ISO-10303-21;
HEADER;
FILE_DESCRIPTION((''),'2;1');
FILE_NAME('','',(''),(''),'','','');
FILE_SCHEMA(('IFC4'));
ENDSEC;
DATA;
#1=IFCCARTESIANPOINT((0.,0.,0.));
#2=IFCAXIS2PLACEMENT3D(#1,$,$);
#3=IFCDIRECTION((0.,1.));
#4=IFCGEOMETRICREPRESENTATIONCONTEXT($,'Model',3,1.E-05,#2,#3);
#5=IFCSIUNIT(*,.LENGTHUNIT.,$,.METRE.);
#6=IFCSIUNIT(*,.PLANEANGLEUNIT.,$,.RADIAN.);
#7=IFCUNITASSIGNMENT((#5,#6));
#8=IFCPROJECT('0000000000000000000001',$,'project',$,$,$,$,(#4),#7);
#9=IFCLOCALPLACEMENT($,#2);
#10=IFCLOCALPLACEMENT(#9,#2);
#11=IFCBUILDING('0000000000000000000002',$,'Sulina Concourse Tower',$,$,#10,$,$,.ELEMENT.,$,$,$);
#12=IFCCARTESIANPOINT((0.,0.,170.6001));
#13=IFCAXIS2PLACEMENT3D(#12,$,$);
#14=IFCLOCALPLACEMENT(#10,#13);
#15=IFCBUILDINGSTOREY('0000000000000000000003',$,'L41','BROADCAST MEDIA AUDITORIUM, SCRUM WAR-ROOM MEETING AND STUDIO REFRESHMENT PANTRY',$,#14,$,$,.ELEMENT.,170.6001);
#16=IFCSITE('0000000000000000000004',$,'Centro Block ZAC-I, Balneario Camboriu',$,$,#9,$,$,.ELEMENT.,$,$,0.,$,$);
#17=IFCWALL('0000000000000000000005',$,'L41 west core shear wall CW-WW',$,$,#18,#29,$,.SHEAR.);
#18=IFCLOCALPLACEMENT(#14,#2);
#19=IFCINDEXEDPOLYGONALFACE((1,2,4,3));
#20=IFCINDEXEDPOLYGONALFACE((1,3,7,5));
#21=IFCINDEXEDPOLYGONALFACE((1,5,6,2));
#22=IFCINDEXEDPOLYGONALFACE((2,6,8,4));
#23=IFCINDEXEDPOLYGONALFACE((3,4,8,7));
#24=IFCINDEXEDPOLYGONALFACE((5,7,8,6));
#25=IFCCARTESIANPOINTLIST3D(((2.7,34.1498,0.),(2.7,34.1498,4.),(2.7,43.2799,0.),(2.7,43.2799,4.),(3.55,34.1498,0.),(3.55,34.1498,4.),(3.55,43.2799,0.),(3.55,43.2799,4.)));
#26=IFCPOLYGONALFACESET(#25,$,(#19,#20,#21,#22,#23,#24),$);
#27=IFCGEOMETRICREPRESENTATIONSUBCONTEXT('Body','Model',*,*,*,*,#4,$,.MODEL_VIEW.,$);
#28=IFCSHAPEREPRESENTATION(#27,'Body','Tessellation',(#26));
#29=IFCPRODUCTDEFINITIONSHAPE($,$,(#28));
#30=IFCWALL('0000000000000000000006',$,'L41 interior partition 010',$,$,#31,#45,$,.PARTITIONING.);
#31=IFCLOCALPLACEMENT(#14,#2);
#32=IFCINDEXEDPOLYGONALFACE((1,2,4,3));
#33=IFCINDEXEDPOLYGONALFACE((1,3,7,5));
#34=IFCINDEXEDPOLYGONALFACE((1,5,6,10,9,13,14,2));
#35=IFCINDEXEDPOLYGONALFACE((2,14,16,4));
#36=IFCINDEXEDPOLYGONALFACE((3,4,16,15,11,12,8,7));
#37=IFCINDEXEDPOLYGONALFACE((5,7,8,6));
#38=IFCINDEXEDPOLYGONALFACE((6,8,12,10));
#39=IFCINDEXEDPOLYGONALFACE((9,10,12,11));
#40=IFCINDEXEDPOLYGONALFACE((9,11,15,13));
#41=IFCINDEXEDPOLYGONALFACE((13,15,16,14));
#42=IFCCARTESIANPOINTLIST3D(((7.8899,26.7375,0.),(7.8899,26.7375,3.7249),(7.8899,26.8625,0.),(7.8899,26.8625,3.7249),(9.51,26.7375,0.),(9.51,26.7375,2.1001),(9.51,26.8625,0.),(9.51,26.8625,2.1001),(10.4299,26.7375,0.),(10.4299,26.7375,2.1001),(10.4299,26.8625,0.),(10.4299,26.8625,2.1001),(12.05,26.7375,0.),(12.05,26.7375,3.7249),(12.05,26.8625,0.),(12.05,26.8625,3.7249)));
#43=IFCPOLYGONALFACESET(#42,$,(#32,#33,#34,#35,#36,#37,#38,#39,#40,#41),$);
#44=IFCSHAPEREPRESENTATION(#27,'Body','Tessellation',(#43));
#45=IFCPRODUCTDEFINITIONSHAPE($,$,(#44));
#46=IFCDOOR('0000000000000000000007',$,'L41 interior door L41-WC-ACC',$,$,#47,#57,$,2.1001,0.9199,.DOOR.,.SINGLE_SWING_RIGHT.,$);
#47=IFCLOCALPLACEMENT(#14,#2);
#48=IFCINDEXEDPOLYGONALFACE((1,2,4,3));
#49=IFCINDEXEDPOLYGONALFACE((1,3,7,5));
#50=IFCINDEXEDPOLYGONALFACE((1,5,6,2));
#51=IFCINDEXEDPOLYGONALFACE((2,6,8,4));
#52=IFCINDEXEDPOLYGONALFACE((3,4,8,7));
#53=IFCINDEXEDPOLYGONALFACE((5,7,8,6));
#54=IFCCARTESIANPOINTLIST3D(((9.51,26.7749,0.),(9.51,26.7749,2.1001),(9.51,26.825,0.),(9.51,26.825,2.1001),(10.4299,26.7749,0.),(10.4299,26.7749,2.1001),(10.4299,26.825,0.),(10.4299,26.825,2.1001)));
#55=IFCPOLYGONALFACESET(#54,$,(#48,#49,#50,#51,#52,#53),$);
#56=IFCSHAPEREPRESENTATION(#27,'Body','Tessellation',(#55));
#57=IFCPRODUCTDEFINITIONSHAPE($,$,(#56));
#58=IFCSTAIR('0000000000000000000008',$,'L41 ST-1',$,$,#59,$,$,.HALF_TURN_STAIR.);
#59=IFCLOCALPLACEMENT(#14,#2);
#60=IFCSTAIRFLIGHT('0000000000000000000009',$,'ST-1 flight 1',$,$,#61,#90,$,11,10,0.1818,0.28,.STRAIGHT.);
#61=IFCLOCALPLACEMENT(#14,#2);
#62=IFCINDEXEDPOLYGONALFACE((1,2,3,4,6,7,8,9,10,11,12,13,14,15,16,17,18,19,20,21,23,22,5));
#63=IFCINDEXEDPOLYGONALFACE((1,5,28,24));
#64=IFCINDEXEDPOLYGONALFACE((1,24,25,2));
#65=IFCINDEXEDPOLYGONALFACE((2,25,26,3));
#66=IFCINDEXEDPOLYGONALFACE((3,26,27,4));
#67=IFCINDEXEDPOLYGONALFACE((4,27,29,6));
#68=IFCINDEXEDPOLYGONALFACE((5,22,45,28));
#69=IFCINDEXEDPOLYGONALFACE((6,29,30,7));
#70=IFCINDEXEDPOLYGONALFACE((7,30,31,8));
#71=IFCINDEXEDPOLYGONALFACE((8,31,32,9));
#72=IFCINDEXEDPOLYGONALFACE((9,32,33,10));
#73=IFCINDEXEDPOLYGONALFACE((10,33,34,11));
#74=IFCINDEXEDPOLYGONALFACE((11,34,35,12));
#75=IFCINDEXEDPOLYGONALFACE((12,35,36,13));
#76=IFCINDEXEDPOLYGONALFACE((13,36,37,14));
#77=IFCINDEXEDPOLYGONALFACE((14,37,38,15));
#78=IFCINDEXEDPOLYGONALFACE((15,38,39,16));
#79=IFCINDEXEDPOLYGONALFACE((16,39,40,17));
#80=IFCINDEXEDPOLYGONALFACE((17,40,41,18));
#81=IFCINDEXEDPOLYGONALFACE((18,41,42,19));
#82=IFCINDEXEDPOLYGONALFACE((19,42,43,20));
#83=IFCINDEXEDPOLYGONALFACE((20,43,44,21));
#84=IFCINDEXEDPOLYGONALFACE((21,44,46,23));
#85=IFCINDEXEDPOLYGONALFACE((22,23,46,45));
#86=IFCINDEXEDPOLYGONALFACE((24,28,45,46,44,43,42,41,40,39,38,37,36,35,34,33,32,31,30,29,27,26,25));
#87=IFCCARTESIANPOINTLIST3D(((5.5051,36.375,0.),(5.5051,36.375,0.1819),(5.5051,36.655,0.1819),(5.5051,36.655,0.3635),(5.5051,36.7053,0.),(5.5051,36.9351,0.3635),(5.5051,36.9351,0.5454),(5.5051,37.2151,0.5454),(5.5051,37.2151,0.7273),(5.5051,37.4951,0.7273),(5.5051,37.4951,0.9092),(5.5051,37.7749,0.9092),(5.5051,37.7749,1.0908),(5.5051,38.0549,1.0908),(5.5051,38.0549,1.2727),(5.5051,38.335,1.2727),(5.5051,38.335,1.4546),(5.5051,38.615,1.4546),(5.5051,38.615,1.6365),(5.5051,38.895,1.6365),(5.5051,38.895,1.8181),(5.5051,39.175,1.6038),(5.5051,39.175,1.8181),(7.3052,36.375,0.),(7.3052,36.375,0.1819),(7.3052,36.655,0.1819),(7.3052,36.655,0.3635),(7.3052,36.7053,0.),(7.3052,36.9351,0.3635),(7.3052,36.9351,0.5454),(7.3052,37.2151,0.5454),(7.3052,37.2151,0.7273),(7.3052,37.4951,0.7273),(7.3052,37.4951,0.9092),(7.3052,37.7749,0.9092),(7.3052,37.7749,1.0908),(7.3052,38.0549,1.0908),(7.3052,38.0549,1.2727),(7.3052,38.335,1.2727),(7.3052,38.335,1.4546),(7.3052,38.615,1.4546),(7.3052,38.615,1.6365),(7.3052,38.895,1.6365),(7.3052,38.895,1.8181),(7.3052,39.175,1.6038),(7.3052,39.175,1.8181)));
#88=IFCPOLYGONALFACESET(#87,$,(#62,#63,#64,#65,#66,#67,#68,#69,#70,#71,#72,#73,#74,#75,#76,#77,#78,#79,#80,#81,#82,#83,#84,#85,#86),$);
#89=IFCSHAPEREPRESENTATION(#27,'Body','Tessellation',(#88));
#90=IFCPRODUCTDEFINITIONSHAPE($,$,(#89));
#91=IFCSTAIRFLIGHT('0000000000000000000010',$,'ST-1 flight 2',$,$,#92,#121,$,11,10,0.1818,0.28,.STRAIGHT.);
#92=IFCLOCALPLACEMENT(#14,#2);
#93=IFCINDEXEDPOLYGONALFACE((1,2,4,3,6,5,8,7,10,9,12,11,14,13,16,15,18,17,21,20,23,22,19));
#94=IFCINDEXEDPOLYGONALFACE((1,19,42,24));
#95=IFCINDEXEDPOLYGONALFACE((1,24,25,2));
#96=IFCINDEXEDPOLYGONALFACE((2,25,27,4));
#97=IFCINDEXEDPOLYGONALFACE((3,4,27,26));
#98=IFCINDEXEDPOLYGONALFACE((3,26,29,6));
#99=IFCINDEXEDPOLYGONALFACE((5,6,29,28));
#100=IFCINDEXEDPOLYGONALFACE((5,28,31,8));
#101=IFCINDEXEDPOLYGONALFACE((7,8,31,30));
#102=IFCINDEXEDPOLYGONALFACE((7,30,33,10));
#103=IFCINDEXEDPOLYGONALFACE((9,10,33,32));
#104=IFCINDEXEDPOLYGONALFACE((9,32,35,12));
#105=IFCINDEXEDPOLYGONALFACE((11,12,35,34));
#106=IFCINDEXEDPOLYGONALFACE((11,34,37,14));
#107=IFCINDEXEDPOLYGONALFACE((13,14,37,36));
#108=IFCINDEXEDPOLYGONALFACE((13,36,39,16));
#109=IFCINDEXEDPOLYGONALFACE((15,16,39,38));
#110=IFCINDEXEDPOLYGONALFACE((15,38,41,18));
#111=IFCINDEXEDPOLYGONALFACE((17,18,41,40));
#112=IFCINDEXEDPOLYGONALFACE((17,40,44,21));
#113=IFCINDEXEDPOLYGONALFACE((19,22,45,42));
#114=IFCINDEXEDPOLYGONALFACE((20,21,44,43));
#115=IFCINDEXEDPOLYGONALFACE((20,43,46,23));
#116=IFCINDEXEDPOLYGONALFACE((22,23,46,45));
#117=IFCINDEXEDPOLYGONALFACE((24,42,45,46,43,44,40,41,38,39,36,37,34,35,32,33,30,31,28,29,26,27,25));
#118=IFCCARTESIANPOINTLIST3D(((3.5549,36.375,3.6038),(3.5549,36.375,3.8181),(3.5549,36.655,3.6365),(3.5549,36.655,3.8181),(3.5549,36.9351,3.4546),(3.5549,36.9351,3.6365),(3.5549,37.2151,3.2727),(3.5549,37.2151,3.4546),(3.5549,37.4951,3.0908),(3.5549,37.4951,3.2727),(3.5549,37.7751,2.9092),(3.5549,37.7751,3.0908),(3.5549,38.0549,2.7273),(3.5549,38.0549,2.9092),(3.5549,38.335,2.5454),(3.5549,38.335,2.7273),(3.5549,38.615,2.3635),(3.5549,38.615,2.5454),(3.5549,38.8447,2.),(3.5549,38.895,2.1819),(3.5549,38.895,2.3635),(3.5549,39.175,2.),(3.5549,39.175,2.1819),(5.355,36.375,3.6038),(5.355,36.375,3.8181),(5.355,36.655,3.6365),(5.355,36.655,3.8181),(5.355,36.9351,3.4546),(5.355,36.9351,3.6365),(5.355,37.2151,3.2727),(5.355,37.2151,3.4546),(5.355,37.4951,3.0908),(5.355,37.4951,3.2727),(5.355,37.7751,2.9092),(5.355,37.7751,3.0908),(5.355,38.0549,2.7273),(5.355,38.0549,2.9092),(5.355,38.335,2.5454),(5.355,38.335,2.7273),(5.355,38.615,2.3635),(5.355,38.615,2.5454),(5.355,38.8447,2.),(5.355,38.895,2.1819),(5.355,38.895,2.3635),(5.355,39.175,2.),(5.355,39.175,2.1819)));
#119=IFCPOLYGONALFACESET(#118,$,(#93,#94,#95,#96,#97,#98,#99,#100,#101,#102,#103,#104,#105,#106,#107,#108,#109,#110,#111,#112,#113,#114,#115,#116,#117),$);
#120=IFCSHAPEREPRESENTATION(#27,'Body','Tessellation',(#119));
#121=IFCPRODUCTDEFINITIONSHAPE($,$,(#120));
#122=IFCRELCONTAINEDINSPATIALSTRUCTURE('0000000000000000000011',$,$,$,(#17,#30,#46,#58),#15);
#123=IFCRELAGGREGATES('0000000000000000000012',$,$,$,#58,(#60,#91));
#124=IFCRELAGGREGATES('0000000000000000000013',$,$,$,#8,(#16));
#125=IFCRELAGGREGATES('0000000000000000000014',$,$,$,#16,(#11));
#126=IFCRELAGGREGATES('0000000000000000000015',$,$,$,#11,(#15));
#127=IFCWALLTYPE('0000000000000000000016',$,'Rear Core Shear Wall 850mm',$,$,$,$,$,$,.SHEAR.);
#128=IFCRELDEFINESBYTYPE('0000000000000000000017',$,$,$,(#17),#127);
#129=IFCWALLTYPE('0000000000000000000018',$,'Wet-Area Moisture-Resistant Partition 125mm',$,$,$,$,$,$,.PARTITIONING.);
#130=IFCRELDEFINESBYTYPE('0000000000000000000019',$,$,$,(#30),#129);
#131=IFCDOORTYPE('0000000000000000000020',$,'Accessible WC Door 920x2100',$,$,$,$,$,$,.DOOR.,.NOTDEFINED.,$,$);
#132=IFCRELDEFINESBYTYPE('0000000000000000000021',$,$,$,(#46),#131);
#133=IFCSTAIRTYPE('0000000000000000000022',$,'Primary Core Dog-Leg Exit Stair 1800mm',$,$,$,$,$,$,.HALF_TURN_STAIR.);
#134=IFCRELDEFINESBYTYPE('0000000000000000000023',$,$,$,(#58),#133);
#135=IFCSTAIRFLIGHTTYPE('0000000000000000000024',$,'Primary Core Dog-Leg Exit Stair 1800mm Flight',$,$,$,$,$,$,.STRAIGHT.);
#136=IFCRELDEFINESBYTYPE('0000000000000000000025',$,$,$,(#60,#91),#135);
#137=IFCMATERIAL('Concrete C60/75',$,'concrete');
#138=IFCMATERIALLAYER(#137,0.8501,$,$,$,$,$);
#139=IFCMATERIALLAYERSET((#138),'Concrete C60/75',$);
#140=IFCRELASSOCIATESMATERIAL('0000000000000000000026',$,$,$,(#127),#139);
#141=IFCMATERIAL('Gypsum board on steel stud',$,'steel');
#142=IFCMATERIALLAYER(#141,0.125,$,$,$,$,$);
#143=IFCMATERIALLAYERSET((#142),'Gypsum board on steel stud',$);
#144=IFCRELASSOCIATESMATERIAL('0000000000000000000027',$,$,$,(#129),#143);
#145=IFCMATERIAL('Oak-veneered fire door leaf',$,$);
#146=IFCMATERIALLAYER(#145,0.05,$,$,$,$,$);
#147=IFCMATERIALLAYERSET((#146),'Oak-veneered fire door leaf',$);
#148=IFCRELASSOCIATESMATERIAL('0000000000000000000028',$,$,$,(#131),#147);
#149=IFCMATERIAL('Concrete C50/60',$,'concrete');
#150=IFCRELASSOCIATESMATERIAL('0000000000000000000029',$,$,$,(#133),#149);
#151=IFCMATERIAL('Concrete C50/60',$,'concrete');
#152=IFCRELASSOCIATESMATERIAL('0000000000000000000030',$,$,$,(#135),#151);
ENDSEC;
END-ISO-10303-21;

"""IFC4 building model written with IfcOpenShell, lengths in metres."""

from ifc_helpers import new_model, si_unit, direction, frame, frame_2d, origin, place, context, subcontext, project, spatial, polyline, rectangle, outline, extrude, material, layer, layer_set, type_object, element, fill, aggregate, save


model = new_model("IFC4")

# Units and contexts
model_context = context("Model", 3, precision=1e-05, world=origin(), true_north=direction((0.0, 1.0)))
body_context = subcontext(model_context, "Body", "Model", "MODEL_VIEW")
ifc_project = project(units=[si_unit("LENGTHUNIT", "METRE"), si_unit("PLANEANGLEUNIT", "RADIAN")], contexts=[model_context])

# Site, building, storey
site_placement = place(None, origin())
site = spatial("IfcSite", under=ifc_project, at=site_placement, Name="Centro Block ZAC-I, Balneario Camboriu", CompositionType="ELEMENT", RefElevation=0.0)
building_placement = place(site_placement, origin())
building = spatial("IfcBuilding", under=site, at=building_placement, Name="Sulina Concourse Tower", CompositionType="ELEMENT")
storey_placement = place(building_placement, frame((0.0, 0.0, 170.6001)))
storey = spatial("IfcBuildingStorey", under=building, at=storey_placement, Name="L41", Description="BROADCAST MEDIA AUDITORIUM, SCRUM WAR-ROOM MEETING AND STUDIO REFRESHMENT PANTRY", CompositionType="ELEMENT", Elevation=170.6001)

# Wall
ifc_material_1 = material(Name="Concrete C60/75", Category="concrete")
ifc_layer_1 = layer(ifc_material_1, 0.8501)
ifc_layer_set_1 = layer_set([ifc_layer_1], Name="Concrete C60/75")
wall_type_1 = type_object("IfcWallType", Name="Rear Core Shear Wall 850mm", PredefinedType="SHEAR", material=ifc_layer_set_1)
wall_1_placement = place(storey_placement, frame((3.125, 34.1499, 0.0), z_axis=(0.0, 0.0, 1.0), x_axis=(0.0, 1.0, 0.0)))
element("IfcWall", 1, at=wall_1_placement, inside=storey, type_object=wall_type_1, Name="L41 west core shear wall CW-WW", PredefinedType="SHEAR", context=body_context, shape_type="SweptSolid", body=[
    extrude(rectangle(XDim=9.1301, YDim=0.8501, at=frame_2d((4.5649, 0.0))), origin(), (0.0, 0.0, 1.0), 4.0),
])

# Wall, opening, door
ifc_material_2 = material(Name="Gypsum board on steel stud", Category="steel")
ifc_layer_2 = layer(ifc_material_2, 0.125)
ifc_layer_set_2 = layer_set([ifc_layer_2], Name="Gypsum board on steel stud")
wall_type_2 = type_object("IfcWallType", Name="Wet-Area Moisture-Resistant Partition 125mm", PredefinedType="PARTITIONING", material=ifc_layer_set_2)
wall_2_placement = place(storey_placement, frame((7.8899, 26.8, 0.0), z_axis=(0.0, 0.0, 1.0), x_axis=(1.0, 0.0, 0.0)))
wall_2 = element("IfcWall", 2, at=wall_2_placement, inside=storey, type_object=wall_type_2, Name="L41 interior partition 010", PredefinedType="PARTITIONING", context=body_context, shape_type="SweptSolid", body=[
    extrude(rectangle(XDim=4.1602, YDim=0.125, at=frame_2d((2.0801, 0.0))), origin(), (0.0, 0.0, 1.0), 3.7249),
])
opening_1_placement = place(wall_2_placement, frame((1.6201, 0.0, 0.0)))
opening_1 = element("IfcOpeningElement", 3, at=opening_1_placement, cuts=wall_2, PredefinedType="OPENING", context=body_context, shape_type="SweptSolid", body=[
    extrude(rectangle(XDim=0.9199, YDim=2.1001, at=frame_2d((0.46, 1.05))), frame((0.0, 0.0725, 0.0), z_axis=(0.0, -1.0, 0.0), x_axis=(1.0, 0.0, 0.0)), (0.0, 0.0, 1.0), 0.145),
])
ifc_material_3 = material(Name="Oak-veneered fire door leaf")
ifc_layer_3 = layer(ifc_material_3, 0.05)
ifc_layer_set_3 = layer_set([ifc_layer_3], Name="Oak-veneered fire door leaf")
door_type_1 = type_object("IfcDoorType", Name="Accessible WC Door 920x2100", OperationType="NOTDEFINED", PredefinedType="DOOR", material=ifc_layer_set_3)
door_1_placement = place(opening_1_placement, origin())
door_1 = element("IfcDoor", 4, at=door_1_placement, inside=storey, type_object=door_type_1, Name="L41 interior door L41-WC-ACC", OperationType="SINGLE_SWING_RIGHT", OverallHeight=2.1001, OverallWidth=0.9199, PredefinedType="DOOR", context=body_context, shape_type="SweptSolid", body=[
    extrude(rectangle(XDim=0.9199, YDim=2.1001, at=frame_2d((0.46, 1.05))), frame((0.0, 0.0249, 0.0), z_axis=(0.0, -1.0, 0.0), x_axis=(1.0, 0.0, 0.0)), (0.0, 0.0, 1.0), 0.05),
])
fill(opening_1, door_1)

# Stair, stair flights
ifc_material_4 = material(Name="Concrete C50/60", Category="concrete")
stair_type = type_object("IfcStairType", Name="Primary Core Dog-Leg Exit Stair 1800mm", PredefinedType="HALF_TURN_STAIR", material=ifc_material_4)
stair_placement = place(storey_placement, origin())
stair = element("IfcStair", 5, at=stair_placement, inside=storey, type_object=stair_type, Name="L41 ST-1", PredefinedType="HALF_TURN_STAIR")
ifc_material_5 = material(Name="Concrete C50/60", Category="concrete")
stair_flight_type = type_object("IfcStairFlightType", Name="Primary Core Dog-Leg Exit Stair 1800mm Flight", PredefinedType="STRAIGHT", material=ifc_material_5)
stair_flight_1_placement = place(storey_placement, frame((6.405, 36.375, 0.0), z_axis=(0.0, 0.0, 1.0), x_axis=(0.0, 1.0, 0.0)))
stair_flight_1 = element("IfcStairFlight", 6, at=stair_flight_1_placement, type_object=stair_flight_type, Name="ST-1 flight 1", NumberOfRisers=11, NumberOfTreads=10, PredefinedType="STRAIGHT", RiserHeight=0.1818, TreadLength=0.28, context=body_context, shape_type="SweptSolid", body=[
    extrude(outline(polyline([(0.0, 0.0), (0.0, 0.1819), (0.28, 0.1819), (0.28, 0.3635), (0.5601, 0.3635), (0.5601, 0.5454), (0.8401, 0.5454), (0.8401, 0.7273), (1.1201, 0.7273), (1.1201, 0.9092), (1.3999, 0.9092), (1.3999, 1.0908), (1.6799, 1.0908), (1.6799, 1.2727), (1.96, 1.2727), (1.96, 1.4546), (2.24, 1.4546), (2.24, 1.6365), (2.52, 1.6365), (2.52, 1.8181), (2.8, 1.8181), (2.8, 2.0), (2.8, 1.6038), (0.3303, 0.0), (0.0, 0.0)])), frame((0.0, 0.8999, 0.0), z_axis=(0.0, -1.0, 0.0), x_axis=(1.0, 0.0, 0.0)), (0.0, 0.0, 1.0), 1.8),
])
stair_flight_2_placement = place(storey_placement, frame((4.4551, 39.175, 2.0), z_axis=(0.0, 0.0, 1.0), x_axis=(0.0, -1.0, 0.0)))
stair_flight_2 = element("IfcStairFlight", 7, at=stair_flight_2_placement, type_object=stair_flight_type, Name="ST-1 flight 2", NumberOfRisers=11, NumberOfTreads=10, PredefinedType="STRAIGHT", RiserHeight=0.1818, TreadLength=0.28, context=body_context, shape_type="SweptSolid", body=[
    extrude(outline(polyline([(0.0, 0.0), (0.0, 0.1819), (0.28, 0.1819), (0.28, 0.3635), (0.5601, 0.3635), (0.5601, 0.5454), (0.8401, 0.5454), (0.8401, 0.7273), (1.1201, 0.7273), (1.1201, 0.9092), (1.3999, 0.9092), (1.3999, 1.0908), (1.6799, 1.0908), (1.6799, 1.2727), (1.96, 1.2727), (1.96, 1.4546), (2.24, 1.4546), (2.24, 1.6365), (2.52, 1.6365), (2.52, 1.8181), (2.8, 1.8181), (2.8, 2.0), (2.8, 1.6038), (0.3303, 0.0), (0.0, 0.0)])), frame((0.0, 0.8999, 0.0), z_axis=(0.0, -1.0, 0.0), x_axis=(1.0, 0.0, 0.0)), (0.0, 0.0, 1.0), 1.8),
])
aggregate(stair, [stair_flight_1, stair_flight_2])

save(model, "model.ifc")
